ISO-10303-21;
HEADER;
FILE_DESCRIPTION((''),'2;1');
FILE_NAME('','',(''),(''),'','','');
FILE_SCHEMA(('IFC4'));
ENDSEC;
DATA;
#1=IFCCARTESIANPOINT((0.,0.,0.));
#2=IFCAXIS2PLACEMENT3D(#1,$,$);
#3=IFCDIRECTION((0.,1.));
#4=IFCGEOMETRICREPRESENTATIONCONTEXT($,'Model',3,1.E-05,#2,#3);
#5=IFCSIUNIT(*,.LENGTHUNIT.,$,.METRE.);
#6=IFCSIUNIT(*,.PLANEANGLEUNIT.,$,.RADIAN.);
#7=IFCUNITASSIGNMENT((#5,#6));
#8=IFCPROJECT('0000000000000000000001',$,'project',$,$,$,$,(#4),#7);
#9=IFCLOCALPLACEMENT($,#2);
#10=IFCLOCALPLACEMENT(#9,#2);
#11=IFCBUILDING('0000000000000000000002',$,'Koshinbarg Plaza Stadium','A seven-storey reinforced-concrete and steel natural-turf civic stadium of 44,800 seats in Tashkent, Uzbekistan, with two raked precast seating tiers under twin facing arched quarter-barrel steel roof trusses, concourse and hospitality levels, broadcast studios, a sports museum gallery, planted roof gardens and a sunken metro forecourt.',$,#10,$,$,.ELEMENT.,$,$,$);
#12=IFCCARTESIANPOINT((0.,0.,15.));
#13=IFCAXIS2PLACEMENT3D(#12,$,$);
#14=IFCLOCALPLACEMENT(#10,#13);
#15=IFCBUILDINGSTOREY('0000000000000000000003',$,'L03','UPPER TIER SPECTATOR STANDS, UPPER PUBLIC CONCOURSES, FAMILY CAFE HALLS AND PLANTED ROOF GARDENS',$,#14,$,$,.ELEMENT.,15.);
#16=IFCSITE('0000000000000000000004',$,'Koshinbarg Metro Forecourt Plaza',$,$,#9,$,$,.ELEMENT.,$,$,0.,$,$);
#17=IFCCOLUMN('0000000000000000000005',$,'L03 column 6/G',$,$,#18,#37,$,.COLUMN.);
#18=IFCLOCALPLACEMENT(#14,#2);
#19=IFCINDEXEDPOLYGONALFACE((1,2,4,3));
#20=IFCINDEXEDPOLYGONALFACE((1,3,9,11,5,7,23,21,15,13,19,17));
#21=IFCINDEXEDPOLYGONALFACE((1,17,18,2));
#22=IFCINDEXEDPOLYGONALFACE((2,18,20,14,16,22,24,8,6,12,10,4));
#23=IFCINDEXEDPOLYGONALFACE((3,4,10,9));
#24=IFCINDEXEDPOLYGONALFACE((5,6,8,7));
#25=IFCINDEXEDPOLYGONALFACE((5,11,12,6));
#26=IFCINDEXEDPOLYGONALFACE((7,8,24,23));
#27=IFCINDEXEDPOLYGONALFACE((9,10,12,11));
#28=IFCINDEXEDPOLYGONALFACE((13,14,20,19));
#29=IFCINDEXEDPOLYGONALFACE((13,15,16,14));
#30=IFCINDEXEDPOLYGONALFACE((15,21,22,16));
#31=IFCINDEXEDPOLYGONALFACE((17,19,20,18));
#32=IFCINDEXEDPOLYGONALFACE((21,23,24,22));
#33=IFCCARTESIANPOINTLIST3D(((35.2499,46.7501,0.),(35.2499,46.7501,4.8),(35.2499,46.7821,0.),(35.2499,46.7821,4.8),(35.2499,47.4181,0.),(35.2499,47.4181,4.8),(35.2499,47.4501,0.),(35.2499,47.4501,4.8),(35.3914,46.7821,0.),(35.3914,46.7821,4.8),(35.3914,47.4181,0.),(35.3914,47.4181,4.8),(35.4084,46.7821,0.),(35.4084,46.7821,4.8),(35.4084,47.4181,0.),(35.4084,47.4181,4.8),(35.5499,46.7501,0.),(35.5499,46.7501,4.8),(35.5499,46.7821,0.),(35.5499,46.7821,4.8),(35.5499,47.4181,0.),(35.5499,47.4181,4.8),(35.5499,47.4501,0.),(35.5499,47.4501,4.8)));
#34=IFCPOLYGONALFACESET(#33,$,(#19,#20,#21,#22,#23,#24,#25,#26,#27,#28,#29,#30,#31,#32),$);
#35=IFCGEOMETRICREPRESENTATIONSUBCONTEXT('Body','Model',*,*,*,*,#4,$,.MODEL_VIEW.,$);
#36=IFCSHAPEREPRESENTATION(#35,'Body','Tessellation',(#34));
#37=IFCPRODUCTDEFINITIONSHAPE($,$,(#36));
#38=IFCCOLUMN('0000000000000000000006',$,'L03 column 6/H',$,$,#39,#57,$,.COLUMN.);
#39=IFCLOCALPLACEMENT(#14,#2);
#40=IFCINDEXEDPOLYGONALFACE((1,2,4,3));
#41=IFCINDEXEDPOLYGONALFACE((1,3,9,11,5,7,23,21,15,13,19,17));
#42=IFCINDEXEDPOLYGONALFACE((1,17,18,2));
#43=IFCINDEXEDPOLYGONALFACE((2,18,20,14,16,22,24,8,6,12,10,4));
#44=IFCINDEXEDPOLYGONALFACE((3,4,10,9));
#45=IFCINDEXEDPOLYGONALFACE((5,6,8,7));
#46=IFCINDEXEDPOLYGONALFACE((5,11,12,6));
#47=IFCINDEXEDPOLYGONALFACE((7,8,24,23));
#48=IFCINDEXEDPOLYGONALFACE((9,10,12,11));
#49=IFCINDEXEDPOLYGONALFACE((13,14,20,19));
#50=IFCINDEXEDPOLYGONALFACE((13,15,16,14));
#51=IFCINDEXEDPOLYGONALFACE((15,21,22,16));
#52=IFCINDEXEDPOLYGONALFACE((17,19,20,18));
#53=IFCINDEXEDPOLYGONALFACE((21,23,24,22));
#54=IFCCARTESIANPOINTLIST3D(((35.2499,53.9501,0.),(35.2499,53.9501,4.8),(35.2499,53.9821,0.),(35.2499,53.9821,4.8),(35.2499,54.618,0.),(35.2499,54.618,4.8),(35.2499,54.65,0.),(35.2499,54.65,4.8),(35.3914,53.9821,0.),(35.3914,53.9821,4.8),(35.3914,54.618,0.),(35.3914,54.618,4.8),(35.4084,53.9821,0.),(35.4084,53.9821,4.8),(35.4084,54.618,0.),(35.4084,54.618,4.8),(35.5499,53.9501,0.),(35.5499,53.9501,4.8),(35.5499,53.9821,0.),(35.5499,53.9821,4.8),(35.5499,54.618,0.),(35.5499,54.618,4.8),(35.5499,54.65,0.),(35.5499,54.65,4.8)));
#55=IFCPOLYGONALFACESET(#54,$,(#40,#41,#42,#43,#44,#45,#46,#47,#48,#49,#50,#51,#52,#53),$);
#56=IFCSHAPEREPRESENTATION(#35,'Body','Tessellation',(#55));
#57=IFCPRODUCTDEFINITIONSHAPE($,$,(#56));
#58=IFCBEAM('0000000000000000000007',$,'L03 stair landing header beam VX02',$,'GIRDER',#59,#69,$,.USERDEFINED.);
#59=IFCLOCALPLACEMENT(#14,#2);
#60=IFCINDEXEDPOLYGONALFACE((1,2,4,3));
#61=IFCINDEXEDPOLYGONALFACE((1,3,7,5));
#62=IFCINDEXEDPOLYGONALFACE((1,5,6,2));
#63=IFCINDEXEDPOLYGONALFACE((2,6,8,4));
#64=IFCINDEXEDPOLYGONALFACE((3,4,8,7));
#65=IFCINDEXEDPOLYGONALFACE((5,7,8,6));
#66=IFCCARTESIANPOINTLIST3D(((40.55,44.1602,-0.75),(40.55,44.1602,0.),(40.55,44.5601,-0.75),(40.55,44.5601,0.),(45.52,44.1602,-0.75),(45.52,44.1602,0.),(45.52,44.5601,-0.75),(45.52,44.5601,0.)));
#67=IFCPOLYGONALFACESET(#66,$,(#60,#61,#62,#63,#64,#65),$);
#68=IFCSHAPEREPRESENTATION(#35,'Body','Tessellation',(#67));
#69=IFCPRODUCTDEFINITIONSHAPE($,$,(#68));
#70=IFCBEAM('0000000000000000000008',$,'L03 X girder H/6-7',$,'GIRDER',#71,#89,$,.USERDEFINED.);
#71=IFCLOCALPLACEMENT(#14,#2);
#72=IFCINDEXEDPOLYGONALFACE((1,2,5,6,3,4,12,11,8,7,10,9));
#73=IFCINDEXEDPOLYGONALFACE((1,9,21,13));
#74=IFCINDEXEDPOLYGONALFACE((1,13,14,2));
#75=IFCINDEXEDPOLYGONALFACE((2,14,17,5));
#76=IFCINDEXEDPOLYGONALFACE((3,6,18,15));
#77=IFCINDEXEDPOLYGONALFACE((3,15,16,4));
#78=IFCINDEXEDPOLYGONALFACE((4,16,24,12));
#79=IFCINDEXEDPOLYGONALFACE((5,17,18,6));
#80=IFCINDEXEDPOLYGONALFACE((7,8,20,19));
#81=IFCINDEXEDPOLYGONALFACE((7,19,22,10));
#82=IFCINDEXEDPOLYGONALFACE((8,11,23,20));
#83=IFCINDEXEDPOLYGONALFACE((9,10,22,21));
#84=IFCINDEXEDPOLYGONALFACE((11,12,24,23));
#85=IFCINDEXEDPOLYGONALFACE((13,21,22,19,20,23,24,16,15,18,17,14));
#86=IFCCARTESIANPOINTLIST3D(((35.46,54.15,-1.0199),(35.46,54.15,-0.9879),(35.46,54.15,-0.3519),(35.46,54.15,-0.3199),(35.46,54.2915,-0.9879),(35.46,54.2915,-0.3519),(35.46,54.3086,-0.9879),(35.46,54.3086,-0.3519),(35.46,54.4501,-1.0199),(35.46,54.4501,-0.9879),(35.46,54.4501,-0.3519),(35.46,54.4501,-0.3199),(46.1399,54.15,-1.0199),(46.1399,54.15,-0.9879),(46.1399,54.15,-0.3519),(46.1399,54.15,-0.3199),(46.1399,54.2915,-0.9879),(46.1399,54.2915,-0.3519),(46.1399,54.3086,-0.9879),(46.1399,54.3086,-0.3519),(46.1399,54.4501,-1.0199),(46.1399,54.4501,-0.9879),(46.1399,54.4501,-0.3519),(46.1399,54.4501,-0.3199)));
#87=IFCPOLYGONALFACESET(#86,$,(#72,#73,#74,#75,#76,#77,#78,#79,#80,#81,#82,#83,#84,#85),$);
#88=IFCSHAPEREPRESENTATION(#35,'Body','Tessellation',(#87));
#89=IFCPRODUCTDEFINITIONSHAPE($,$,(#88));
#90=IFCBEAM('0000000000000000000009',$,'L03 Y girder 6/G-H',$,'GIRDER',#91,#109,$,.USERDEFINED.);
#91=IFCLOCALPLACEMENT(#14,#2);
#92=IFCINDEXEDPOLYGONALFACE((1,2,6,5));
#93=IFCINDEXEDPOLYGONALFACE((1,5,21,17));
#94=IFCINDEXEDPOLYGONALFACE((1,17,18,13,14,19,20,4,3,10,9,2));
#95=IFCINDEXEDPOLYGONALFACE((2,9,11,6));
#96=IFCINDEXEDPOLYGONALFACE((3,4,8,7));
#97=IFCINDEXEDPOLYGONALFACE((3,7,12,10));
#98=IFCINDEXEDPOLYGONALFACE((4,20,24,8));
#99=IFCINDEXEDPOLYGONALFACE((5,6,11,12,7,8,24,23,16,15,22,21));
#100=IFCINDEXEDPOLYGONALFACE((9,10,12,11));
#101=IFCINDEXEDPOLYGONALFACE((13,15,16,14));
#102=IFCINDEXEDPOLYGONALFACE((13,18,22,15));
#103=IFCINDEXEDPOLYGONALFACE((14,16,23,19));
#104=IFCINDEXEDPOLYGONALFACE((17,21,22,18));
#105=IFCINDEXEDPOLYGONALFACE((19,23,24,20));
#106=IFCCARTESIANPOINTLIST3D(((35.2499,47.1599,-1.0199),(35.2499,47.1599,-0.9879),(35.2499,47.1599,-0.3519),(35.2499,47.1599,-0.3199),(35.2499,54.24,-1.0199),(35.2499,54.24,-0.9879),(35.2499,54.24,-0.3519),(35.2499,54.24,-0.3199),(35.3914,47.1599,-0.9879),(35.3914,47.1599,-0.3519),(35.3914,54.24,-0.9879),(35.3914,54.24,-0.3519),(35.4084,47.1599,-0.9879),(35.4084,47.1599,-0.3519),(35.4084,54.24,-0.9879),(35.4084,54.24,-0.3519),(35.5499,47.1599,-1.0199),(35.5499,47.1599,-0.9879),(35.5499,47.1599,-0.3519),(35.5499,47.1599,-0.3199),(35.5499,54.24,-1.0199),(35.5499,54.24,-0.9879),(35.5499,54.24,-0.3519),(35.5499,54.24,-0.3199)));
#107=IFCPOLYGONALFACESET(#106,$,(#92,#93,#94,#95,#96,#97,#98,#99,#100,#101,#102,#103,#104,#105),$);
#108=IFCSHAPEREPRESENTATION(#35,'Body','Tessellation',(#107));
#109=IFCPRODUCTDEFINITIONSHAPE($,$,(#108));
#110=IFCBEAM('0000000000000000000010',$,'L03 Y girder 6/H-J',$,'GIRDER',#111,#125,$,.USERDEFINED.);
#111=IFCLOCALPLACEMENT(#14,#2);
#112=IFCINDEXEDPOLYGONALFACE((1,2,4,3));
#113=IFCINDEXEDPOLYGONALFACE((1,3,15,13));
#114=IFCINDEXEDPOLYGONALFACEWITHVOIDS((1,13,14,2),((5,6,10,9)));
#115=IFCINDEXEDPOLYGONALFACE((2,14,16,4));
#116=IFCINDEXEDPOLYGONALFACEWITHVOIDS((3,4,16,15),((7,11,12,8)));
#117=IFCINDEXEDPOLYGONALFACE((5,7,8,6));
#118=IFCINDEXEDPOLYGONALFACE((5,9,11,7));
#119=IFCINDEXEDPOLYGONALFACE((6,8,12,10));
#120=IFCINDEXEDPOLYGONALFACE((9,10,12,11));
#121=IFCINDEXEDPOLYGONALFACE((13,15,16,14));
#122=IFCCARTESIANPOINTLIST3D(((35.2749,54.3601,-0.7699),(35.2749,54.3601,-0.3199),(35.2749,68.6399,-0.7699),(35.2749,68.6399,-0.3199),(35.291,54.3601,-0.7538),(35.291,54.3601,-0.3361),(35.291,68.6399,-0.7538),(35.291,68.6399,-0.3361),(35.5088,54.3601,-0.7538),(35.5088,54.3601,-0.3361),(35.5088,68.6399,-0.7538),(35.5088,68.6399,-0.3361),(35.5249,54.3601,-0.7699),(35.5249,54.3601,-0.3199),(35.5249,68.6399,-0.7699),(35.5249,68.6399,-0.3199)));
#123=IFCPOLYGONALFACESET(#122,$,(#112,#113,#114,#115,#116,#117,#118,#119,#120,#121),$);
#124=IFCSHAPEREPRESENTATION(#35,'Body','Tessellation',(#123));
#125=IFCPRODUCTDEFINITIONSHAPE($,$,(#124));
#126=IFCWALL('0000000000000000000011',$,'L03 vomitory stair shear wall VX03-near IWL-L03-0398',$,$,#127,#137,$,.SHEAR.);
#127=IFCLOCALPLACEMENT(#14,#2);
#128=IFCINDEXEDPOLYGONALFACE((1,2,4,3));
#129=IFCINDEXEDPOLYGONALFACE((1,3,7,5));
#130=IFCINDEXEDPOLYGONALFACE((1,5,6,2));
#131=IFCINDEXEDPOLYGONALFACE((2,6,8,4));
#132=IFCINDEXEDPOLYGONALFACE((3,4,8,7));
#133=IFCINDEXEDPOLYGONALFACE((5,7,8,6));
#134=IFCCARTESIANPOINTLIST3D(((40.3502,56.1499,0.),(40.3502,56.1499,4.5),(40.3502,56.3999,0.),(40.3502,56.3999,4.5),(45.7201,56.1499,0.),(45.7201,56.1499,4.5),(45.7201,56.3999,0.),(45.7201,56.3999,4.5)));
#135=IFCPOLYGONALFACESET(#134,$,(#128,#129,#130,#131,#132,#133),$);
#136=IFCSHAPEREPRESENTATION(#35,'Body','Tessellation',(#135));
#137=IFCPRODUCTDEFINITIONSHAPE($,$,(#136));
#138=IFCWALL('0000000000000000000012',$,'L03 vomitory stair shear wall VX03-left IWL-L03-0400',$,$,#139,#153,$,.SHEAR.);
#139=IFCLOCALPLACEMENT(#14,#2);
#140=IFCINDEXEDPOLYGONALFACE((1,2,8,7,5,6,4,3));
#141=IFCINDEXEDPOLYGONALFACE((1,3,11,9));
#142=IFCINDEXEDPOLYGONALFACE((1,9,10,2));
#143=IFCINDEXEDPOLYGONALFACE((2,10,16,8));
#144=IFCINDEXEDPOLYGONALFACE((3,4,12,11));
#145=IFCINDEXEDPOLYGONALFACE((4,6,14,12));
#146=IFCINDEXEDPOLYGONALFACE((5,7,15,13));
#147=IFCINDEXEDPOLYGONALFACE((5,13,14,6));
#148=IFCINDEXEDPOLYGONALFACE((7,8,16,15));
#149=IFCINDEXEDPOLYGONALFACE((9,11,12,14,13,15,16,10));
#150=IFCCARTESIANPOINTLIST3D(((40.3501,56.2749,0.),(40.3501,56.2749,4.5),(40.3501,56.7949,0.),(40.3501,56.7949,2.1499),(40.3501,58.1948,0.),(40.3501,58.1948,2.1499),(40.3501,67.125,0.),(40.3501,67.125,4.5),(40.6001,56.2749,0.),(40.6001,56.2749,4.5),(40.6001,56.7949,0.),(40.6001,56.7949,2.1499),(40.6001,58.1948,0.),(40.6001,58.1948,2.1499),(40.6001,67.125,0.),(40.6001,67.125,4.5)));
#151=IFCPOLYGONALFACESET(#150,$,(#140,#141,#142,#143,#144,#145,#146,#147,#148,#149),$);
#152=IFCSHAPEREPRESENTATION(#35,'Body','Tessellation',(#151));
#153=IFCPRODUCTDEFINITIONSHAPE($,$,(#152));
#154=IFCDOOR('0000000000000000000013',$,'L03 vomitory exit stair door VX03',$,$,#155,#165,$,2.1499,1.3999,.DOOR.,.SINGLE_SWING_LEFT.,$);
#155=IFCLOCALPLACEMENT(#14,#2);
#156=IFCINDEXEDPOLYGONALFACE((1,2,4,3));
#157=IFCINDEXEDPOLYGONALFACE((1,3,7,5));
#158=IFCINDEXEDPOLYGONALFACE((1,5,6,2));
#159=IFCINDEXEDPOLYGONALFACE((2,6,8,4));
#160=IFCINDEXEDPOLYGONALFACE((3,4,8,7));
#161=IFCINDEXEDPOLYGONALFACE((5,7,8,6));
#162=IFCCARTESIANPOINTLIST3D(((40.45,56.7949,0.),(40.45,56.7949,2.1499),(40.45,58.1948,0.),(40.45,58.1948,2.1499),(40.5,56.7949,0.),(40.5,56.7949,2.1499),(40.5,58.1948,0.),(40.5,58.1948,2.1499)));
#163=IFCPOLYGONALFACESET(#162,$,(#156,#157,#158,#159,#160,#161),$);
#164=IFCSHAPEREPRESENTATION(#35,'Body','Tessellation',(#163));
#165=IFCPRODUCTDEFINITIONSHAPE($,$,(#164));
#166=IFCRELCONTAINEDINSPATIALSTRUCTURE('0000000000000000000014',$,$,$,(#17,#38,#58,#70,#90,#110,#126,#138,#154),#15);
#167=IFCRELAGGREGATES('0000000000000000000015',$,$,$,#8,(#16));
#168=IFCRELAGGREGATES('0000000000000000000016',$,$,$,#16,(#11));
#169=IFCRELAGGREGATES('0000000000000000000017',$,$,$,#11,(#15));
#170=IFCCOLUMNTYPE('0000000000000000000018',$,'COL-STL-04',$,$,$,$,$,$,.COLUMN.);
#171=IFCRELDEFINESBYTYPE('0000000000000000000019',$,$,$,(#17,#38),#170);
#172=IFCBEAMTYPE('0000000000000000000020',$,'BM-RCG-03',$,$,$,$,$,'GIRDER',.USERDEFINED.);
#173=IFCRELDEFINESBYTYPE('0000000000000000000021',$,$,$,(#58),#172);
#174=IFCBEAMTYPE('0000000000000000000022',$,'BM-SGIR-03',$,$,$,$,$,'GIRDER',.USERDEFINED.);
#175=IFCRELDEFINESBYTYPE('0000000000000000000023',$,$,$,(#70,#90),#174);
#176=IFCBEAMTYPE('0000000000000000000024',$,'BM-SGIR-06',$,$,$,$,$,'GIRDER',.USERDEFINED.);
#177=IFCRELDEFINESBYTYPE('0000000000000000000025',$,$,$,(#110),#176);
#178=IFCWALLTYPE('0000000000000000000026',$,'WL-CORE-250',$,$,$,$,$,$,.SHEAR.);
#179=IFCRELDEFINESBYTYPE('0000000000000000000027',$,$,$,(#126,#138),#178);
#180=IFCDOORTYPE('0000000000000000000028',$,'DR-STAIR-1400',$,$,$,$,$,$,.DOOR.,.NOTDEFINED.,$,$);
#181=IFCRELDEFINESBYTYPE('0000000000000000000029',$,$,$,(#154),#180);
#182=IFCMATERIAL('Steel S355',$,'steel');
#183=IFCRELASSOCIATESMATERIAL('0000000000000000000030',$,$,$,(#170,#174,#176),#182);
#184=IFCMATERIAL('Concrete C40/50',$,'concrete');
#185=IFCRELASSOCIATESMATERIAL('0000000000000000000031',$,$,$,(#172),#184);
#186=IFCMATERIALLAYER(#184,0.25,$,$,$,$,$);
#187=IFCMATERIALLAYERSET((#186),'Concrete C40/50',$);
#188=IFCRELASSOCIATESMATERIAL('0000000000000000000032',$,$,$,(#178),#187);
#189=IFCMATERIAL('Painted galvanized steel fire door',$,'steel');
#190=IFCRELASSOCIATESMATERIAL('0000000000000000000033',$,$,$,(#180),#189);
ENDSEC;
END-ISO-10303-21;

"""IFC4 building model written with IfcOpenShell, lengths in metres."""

from ifc_helpers import new_model, si_unit, direction, frame, frame_2d, origin, origin_2d, place, context, subcontext, project, spatial, rectangle, hollow_rectangle, i_section, extrude, material, layer, layer_set, material_profile, profile_set, type_object, element, fill, save


model = new_model("IFC4")

# Units and contexts
model_context = context("Model", 3, precision=1e-05, world=origin(), true_north=direction((0.0, 1.0)))
body_context = subcontext(model_context, "Body", "Model", "MODEL_VIEW")
ifc_project = project(units=[si_unit("LENGTHUNIT", "METRE"), si_unit("PLANEANGLEUNIT", "RADIAN")], contexts=[model_context])

# Site, building, storey
site_placement = place(None, origin())
site = spatial("IfcSite", under=ifc_project, at=site_placement, Name="Koshinbarg Metro Forecourt Plaza", CompositionType="ELEMENT", RefElevation=0.0)
building_placement = place(site_placement, origin())
building = spatial("IfcBuilding", under=site, at=building_placement, Name="Koshinbarg Plaza Stadium", Description="A seven-storey reinforced-concrete and steel natural-turf civic stadium of 44,800 seats in Tashkent, Uzbekistan, with two raked precast seating tiers under twin facing arched quarter-barrel steel roof trusses, concourse and hospitality levels, broadcast studios, a sports museum gallery, planted roof gardens and a sunken metro forecourt.", CompositionType="ELEMENT")
storey_placement = place(building_placement, frame((0.0, 0.0, 15.0)))
storey = spatial("IfcBuildingStorey", under=building, at=storey_placement, Name="L03", Description="UPPER TIER SPECTATOR STANDS, UPPER PUBLIC CONCOURSES, FAMILY CAFE HALLS AND PLANTED ROOF GARDENS", CompositionType="ELEMENT", Elevation=15.0)

# Columns
ifc_material_1 = material(Name="Steel S355", Category="steel")
ifc_material_profile_1 = material_profile(ifc_material_1, i_section(OverallWidth=0.3, OverallDepth=0.7, WebThickness=0.0171, FlangeThickness=0.032, at=origin_2d()), Name="HEB 700")
ifc_profile_set_1 = profile_set([ifc_material_profile_1], Name="Steel S355")
column_type = type_object("IfcColumnType", Name="COL-STL-04", PredefinedType="COLUMN", material=ifc_profile_set_1)
for number, where, z_axis, x_axis, name in (
    (1, (35.3999, 47.1001, 0.0), (0.0, 0.0, 1.0), (1.0, 0.0, 0.0), "L03 column 6/G"),
    (2, (35.3999, 54.3, 0.0), (0.0, 0.0, 1.0), (1.0, 0.0, 0.0), "L03 column 6/H"),
):
    element("IfcColumn", number, at=place(storey_placement, frame(where, z_axis=z_axis, x_axis=x_axis)), inside=storey, type_object=column_type, Name=name, PredefinedType="COLUMN", context=body_context, shape_type="SweptSolid", body=[
        extrude(i_section(OverallWidth=0.3, OverallDepth=0.7, WebThickness=0.0171, FlangeThickness=0.032, at=origin_2d()), origin(), (0.0, 0.0, 1.0), 4.8),
    ])

# Beams
ifc_material_2 = material(Name="Concrete C40/50", Category="concrete")
ifc_material_profile_2 = material_profile(ifc_material_2, rectangle(XDim=0.3999, YDim=0.75, at=origin_2d()), Name="RC 400x750")
ifc_profile_set_2 = profile_set([ifc_material_profile_2], Name="Concrete C40/50")
beam_type_1 = type_object("IfcBeamType", Name="BM-RCG-03", ElementType="GIRDER", PredefinedType="USERDEFINED", material=ifc_profile_set_2)
beam_1_placement = place(storey_placement, frame((40.55, 44.3601, -0.375), z_axis=(1.0, 0.0, 0.0), x_axis=(0.0, 1.0, 0.0)))
element("IfcBeam", 3, at=beam_1_placement, inside=storey, type_object=beam_type_1, Name="L03 stair landing header beam VX02", ObjectType="GIRDER", PredefinedType="USERDEFINED", context=body_context, shape_type="SweptSolid", body=[
    extrude(rectangle(XDim=0.3999, YDim=0.75, at=origin_2d()), origin(), (0.0, 0.0, 1.0), 4.97),
])
ifc_material_profile_3 = material_profile(ifc_material_1, i_section(OverallWidth=0.3, OverallDepth=0.7, WebThickness=0.0171, FlangeThickness=0.032, at=origin_2d()), Name="HEB 700")
ifc_profile_set_3 = profile_set([ifc_material_profile_3], Name="Steel S355")
beam_type_2 = type_object("IfcBeamType", Name="BM-SGIR-03", ElementType="GIRDER", PredefinedType="USERDEFINED", material=ifc_profile_set_3)
beam_2_placement = place(storey_placement, frame((35.46, 54.3, -0.6699), z_axis=(1.0, 0.0, 0.0), x_axis=(0.0, 1.0, 0.0)))
element("IfcBeam", 4, at=beam_2_placement, inside=storey, type_object=beam_type_2, Name="L03 X girder H/6-7", ObjectType="GIRDER", PredefinedType="USERDEFINED", context=body_context, shape_type="SweptSolid", body=[
    extrude(i_section(OverallWidth=0.3, OverallDepth=0.7, WebThickness=0.0171, FlangeThickness=0.032, at=origin_2d()), origin(), (0.0, 0.0, 1.0), 10.6799),
])
beam_3_placement = place(storey_placement, frame((35.3999, 47.1599, -0.6699), z_axis=(0.0, 1.0, 0.0), x_axis=(-1.0, 0.0, 0.0)))
element("IfcBeam", 5, at=beam_3_placement, inside=storey, type_object=beam_type_2, Name="L03 Y girder 6/G-H", ObjectType="GIRDER", PredefinedType="USERDEFINED", context=body_context, shape_type="SweptSolid", body=[
    extrude(i_section(OverallWidth=0.3, OverallDepth=0.7, WebThickness=0.0171, FlangeThickness=0.032, at=origin_2d()), origin(), (0.0, 0.0, 1.0), 7.0801),
])
ifc_material_profile_4 = material_profile(ifc_material_1, hollow_rectangle(XDim=0.25, YDim=0.45, WallThickness=0.0161, at=origin_2d()), Name="RHS 450x250x16")
ifc_profile_set_4 = profile_set([ifc_material_profile_4], Name="Steel S355")
beam_type_3 = type_object("IfcBeamType", Name="BM-SGIR-06", ElementType="GIRDER", PredefinedType="USERDEFINED", material=ifc_profile_set_4)
beam_4_placement = place(storey_placement, frame((35.3999, 54.3601, -0.5449), z_axis=(0.0, 1.0, 0.0), x_axis=(-1.0, 0.0, 0.0)))
element("IfcBeam", 6, at=beam_4_placement, inside=storey, type_object=beam_type_3, Name="L03 Y girder 6/H-J", ObjectType="GIRDER", PredefinedType="USERDEFINED", context=body_context, shape_type="SweptSolid", body=[
    extrude(hollow_rectangle(XDim=0.25, YDim=0.45, WallThickness=0.0161, at=origin_2d()), origin(), (0.0, 0.0, 1.0), 14.2798),
])

# Wall
ifc_layer_1 = layer(ifc_material_2, 0.25)
ifc_layer_set_1 = layer_set([ifc_layer_1], Name="Concrete C40/50")
wall_type_1 = type_object("IfcWallType", Name="WL-CORE-250", PredefinedType="SHEAR", material=ifc_layer_set_1)
wall_1_placement = place(storey_placement, frame((40.3501, 56.2749, 0.0), z_axis=(0.0, 0.0, 1.0), x_axis=(1.0, 0.0, 0.0)))
element("IfcWall", 7, at=wall_1_placement, inside=storey, type_object=wall_type_1, Name="L03 vomitory stair shear wall VX03-near IWL-L03-0398", PredefinedType="SHEAR", context=body_context, shape_type="SweptSolid", body=[
    extrude(rectangle(XDim=5.3699, YDim=0.25, at=frame_2d((2.6851, 0.0))), origin(), (0.0, 0.0, 1.0), 4.5),
])

# Wall, opening, door
wall_2_placement = place(storey_placement, frame((40.4751, 56.2749, 0.0), z_axis=(0.0, 0.0, 1.0), x_axis=(0.0, 1.0, 0.0)))
wall_2 = element("IfcWall", 8, at=wall_2_placement, inside=storey, type_object=wall_type_1, Name="L03 vomitory stair shear wall VX03-left IWL-L03-0400", PredefinedType="SHEAR", context=body_context, shape_type="SweptSolid", body=[
    extrude(rectangle(XDim=10.8501, YDim=0.25, at=frame_2d((5.425, 0.0))), origin(), (0.0, 0.0, 1.0), 4.5),
])
opening_1_placement = place(wall_2_placement, frame((0.52, 0.0, 0.0)))
opening_1 = element("IfcOpeningElement", 9, at=opening_1_placement, cuts=wall_2, PredefinedType="OPENING", context=body_context, shape_type="SweptSolid", body=[
    extrude(rectangle(XDim=1.3999, YDim=2.1499, at=frame_2d((0.7, 1.075))), frame((0.0, 0.135, 0.0), z_axis=(0.0, -1.0, 0.0), x_axis=(1.0, 0.0, 0.0)), (0.0, 0.0, 1.0), 0.27),
])
ifc_material_3 = material(Name="Painted galvanized steel fire door", Category="steel")
door_type_1 = type_object("IfcDoorType", Name="DR-STAIR-1400", OperationType="NOTDEFINED", PredefinedType="DOOR", material=ifc_material_3)
door_1_placement = place(opening_1_placement, frame((1.3999, 0.0, 0.0), z_axis=(0.0, 0.0, 1.0), x_axis=(-1.0, 0.0, 0.0)))
door_1 = element("IfcDoor", 10, at=door_1_placement, inside=storey, type_object=door_type_1, Name="L03 vomitory exit stair door VX03", OperationType="SINGLE_SWING_LEFT", OverallHeight=2.1499, OverallWidth=1.3999, PredefinedType="DOOR", context=body_context, shape_type="SweptSolid", body=[
    extrude(rectangle(XDim=1.3999, YDim=2.1499, at=frame_2d((0.7, 1.075))), frame((0.0, 0.0249, 0.0), z_axis=(0.0, -1.0, 0.0), x_axis=(1.0, 0.0, 0.0)), (0.0, 0.0, 1.0), 0.05),
])
fill(opening_1, door_1)

save(model, "model.ifc")
